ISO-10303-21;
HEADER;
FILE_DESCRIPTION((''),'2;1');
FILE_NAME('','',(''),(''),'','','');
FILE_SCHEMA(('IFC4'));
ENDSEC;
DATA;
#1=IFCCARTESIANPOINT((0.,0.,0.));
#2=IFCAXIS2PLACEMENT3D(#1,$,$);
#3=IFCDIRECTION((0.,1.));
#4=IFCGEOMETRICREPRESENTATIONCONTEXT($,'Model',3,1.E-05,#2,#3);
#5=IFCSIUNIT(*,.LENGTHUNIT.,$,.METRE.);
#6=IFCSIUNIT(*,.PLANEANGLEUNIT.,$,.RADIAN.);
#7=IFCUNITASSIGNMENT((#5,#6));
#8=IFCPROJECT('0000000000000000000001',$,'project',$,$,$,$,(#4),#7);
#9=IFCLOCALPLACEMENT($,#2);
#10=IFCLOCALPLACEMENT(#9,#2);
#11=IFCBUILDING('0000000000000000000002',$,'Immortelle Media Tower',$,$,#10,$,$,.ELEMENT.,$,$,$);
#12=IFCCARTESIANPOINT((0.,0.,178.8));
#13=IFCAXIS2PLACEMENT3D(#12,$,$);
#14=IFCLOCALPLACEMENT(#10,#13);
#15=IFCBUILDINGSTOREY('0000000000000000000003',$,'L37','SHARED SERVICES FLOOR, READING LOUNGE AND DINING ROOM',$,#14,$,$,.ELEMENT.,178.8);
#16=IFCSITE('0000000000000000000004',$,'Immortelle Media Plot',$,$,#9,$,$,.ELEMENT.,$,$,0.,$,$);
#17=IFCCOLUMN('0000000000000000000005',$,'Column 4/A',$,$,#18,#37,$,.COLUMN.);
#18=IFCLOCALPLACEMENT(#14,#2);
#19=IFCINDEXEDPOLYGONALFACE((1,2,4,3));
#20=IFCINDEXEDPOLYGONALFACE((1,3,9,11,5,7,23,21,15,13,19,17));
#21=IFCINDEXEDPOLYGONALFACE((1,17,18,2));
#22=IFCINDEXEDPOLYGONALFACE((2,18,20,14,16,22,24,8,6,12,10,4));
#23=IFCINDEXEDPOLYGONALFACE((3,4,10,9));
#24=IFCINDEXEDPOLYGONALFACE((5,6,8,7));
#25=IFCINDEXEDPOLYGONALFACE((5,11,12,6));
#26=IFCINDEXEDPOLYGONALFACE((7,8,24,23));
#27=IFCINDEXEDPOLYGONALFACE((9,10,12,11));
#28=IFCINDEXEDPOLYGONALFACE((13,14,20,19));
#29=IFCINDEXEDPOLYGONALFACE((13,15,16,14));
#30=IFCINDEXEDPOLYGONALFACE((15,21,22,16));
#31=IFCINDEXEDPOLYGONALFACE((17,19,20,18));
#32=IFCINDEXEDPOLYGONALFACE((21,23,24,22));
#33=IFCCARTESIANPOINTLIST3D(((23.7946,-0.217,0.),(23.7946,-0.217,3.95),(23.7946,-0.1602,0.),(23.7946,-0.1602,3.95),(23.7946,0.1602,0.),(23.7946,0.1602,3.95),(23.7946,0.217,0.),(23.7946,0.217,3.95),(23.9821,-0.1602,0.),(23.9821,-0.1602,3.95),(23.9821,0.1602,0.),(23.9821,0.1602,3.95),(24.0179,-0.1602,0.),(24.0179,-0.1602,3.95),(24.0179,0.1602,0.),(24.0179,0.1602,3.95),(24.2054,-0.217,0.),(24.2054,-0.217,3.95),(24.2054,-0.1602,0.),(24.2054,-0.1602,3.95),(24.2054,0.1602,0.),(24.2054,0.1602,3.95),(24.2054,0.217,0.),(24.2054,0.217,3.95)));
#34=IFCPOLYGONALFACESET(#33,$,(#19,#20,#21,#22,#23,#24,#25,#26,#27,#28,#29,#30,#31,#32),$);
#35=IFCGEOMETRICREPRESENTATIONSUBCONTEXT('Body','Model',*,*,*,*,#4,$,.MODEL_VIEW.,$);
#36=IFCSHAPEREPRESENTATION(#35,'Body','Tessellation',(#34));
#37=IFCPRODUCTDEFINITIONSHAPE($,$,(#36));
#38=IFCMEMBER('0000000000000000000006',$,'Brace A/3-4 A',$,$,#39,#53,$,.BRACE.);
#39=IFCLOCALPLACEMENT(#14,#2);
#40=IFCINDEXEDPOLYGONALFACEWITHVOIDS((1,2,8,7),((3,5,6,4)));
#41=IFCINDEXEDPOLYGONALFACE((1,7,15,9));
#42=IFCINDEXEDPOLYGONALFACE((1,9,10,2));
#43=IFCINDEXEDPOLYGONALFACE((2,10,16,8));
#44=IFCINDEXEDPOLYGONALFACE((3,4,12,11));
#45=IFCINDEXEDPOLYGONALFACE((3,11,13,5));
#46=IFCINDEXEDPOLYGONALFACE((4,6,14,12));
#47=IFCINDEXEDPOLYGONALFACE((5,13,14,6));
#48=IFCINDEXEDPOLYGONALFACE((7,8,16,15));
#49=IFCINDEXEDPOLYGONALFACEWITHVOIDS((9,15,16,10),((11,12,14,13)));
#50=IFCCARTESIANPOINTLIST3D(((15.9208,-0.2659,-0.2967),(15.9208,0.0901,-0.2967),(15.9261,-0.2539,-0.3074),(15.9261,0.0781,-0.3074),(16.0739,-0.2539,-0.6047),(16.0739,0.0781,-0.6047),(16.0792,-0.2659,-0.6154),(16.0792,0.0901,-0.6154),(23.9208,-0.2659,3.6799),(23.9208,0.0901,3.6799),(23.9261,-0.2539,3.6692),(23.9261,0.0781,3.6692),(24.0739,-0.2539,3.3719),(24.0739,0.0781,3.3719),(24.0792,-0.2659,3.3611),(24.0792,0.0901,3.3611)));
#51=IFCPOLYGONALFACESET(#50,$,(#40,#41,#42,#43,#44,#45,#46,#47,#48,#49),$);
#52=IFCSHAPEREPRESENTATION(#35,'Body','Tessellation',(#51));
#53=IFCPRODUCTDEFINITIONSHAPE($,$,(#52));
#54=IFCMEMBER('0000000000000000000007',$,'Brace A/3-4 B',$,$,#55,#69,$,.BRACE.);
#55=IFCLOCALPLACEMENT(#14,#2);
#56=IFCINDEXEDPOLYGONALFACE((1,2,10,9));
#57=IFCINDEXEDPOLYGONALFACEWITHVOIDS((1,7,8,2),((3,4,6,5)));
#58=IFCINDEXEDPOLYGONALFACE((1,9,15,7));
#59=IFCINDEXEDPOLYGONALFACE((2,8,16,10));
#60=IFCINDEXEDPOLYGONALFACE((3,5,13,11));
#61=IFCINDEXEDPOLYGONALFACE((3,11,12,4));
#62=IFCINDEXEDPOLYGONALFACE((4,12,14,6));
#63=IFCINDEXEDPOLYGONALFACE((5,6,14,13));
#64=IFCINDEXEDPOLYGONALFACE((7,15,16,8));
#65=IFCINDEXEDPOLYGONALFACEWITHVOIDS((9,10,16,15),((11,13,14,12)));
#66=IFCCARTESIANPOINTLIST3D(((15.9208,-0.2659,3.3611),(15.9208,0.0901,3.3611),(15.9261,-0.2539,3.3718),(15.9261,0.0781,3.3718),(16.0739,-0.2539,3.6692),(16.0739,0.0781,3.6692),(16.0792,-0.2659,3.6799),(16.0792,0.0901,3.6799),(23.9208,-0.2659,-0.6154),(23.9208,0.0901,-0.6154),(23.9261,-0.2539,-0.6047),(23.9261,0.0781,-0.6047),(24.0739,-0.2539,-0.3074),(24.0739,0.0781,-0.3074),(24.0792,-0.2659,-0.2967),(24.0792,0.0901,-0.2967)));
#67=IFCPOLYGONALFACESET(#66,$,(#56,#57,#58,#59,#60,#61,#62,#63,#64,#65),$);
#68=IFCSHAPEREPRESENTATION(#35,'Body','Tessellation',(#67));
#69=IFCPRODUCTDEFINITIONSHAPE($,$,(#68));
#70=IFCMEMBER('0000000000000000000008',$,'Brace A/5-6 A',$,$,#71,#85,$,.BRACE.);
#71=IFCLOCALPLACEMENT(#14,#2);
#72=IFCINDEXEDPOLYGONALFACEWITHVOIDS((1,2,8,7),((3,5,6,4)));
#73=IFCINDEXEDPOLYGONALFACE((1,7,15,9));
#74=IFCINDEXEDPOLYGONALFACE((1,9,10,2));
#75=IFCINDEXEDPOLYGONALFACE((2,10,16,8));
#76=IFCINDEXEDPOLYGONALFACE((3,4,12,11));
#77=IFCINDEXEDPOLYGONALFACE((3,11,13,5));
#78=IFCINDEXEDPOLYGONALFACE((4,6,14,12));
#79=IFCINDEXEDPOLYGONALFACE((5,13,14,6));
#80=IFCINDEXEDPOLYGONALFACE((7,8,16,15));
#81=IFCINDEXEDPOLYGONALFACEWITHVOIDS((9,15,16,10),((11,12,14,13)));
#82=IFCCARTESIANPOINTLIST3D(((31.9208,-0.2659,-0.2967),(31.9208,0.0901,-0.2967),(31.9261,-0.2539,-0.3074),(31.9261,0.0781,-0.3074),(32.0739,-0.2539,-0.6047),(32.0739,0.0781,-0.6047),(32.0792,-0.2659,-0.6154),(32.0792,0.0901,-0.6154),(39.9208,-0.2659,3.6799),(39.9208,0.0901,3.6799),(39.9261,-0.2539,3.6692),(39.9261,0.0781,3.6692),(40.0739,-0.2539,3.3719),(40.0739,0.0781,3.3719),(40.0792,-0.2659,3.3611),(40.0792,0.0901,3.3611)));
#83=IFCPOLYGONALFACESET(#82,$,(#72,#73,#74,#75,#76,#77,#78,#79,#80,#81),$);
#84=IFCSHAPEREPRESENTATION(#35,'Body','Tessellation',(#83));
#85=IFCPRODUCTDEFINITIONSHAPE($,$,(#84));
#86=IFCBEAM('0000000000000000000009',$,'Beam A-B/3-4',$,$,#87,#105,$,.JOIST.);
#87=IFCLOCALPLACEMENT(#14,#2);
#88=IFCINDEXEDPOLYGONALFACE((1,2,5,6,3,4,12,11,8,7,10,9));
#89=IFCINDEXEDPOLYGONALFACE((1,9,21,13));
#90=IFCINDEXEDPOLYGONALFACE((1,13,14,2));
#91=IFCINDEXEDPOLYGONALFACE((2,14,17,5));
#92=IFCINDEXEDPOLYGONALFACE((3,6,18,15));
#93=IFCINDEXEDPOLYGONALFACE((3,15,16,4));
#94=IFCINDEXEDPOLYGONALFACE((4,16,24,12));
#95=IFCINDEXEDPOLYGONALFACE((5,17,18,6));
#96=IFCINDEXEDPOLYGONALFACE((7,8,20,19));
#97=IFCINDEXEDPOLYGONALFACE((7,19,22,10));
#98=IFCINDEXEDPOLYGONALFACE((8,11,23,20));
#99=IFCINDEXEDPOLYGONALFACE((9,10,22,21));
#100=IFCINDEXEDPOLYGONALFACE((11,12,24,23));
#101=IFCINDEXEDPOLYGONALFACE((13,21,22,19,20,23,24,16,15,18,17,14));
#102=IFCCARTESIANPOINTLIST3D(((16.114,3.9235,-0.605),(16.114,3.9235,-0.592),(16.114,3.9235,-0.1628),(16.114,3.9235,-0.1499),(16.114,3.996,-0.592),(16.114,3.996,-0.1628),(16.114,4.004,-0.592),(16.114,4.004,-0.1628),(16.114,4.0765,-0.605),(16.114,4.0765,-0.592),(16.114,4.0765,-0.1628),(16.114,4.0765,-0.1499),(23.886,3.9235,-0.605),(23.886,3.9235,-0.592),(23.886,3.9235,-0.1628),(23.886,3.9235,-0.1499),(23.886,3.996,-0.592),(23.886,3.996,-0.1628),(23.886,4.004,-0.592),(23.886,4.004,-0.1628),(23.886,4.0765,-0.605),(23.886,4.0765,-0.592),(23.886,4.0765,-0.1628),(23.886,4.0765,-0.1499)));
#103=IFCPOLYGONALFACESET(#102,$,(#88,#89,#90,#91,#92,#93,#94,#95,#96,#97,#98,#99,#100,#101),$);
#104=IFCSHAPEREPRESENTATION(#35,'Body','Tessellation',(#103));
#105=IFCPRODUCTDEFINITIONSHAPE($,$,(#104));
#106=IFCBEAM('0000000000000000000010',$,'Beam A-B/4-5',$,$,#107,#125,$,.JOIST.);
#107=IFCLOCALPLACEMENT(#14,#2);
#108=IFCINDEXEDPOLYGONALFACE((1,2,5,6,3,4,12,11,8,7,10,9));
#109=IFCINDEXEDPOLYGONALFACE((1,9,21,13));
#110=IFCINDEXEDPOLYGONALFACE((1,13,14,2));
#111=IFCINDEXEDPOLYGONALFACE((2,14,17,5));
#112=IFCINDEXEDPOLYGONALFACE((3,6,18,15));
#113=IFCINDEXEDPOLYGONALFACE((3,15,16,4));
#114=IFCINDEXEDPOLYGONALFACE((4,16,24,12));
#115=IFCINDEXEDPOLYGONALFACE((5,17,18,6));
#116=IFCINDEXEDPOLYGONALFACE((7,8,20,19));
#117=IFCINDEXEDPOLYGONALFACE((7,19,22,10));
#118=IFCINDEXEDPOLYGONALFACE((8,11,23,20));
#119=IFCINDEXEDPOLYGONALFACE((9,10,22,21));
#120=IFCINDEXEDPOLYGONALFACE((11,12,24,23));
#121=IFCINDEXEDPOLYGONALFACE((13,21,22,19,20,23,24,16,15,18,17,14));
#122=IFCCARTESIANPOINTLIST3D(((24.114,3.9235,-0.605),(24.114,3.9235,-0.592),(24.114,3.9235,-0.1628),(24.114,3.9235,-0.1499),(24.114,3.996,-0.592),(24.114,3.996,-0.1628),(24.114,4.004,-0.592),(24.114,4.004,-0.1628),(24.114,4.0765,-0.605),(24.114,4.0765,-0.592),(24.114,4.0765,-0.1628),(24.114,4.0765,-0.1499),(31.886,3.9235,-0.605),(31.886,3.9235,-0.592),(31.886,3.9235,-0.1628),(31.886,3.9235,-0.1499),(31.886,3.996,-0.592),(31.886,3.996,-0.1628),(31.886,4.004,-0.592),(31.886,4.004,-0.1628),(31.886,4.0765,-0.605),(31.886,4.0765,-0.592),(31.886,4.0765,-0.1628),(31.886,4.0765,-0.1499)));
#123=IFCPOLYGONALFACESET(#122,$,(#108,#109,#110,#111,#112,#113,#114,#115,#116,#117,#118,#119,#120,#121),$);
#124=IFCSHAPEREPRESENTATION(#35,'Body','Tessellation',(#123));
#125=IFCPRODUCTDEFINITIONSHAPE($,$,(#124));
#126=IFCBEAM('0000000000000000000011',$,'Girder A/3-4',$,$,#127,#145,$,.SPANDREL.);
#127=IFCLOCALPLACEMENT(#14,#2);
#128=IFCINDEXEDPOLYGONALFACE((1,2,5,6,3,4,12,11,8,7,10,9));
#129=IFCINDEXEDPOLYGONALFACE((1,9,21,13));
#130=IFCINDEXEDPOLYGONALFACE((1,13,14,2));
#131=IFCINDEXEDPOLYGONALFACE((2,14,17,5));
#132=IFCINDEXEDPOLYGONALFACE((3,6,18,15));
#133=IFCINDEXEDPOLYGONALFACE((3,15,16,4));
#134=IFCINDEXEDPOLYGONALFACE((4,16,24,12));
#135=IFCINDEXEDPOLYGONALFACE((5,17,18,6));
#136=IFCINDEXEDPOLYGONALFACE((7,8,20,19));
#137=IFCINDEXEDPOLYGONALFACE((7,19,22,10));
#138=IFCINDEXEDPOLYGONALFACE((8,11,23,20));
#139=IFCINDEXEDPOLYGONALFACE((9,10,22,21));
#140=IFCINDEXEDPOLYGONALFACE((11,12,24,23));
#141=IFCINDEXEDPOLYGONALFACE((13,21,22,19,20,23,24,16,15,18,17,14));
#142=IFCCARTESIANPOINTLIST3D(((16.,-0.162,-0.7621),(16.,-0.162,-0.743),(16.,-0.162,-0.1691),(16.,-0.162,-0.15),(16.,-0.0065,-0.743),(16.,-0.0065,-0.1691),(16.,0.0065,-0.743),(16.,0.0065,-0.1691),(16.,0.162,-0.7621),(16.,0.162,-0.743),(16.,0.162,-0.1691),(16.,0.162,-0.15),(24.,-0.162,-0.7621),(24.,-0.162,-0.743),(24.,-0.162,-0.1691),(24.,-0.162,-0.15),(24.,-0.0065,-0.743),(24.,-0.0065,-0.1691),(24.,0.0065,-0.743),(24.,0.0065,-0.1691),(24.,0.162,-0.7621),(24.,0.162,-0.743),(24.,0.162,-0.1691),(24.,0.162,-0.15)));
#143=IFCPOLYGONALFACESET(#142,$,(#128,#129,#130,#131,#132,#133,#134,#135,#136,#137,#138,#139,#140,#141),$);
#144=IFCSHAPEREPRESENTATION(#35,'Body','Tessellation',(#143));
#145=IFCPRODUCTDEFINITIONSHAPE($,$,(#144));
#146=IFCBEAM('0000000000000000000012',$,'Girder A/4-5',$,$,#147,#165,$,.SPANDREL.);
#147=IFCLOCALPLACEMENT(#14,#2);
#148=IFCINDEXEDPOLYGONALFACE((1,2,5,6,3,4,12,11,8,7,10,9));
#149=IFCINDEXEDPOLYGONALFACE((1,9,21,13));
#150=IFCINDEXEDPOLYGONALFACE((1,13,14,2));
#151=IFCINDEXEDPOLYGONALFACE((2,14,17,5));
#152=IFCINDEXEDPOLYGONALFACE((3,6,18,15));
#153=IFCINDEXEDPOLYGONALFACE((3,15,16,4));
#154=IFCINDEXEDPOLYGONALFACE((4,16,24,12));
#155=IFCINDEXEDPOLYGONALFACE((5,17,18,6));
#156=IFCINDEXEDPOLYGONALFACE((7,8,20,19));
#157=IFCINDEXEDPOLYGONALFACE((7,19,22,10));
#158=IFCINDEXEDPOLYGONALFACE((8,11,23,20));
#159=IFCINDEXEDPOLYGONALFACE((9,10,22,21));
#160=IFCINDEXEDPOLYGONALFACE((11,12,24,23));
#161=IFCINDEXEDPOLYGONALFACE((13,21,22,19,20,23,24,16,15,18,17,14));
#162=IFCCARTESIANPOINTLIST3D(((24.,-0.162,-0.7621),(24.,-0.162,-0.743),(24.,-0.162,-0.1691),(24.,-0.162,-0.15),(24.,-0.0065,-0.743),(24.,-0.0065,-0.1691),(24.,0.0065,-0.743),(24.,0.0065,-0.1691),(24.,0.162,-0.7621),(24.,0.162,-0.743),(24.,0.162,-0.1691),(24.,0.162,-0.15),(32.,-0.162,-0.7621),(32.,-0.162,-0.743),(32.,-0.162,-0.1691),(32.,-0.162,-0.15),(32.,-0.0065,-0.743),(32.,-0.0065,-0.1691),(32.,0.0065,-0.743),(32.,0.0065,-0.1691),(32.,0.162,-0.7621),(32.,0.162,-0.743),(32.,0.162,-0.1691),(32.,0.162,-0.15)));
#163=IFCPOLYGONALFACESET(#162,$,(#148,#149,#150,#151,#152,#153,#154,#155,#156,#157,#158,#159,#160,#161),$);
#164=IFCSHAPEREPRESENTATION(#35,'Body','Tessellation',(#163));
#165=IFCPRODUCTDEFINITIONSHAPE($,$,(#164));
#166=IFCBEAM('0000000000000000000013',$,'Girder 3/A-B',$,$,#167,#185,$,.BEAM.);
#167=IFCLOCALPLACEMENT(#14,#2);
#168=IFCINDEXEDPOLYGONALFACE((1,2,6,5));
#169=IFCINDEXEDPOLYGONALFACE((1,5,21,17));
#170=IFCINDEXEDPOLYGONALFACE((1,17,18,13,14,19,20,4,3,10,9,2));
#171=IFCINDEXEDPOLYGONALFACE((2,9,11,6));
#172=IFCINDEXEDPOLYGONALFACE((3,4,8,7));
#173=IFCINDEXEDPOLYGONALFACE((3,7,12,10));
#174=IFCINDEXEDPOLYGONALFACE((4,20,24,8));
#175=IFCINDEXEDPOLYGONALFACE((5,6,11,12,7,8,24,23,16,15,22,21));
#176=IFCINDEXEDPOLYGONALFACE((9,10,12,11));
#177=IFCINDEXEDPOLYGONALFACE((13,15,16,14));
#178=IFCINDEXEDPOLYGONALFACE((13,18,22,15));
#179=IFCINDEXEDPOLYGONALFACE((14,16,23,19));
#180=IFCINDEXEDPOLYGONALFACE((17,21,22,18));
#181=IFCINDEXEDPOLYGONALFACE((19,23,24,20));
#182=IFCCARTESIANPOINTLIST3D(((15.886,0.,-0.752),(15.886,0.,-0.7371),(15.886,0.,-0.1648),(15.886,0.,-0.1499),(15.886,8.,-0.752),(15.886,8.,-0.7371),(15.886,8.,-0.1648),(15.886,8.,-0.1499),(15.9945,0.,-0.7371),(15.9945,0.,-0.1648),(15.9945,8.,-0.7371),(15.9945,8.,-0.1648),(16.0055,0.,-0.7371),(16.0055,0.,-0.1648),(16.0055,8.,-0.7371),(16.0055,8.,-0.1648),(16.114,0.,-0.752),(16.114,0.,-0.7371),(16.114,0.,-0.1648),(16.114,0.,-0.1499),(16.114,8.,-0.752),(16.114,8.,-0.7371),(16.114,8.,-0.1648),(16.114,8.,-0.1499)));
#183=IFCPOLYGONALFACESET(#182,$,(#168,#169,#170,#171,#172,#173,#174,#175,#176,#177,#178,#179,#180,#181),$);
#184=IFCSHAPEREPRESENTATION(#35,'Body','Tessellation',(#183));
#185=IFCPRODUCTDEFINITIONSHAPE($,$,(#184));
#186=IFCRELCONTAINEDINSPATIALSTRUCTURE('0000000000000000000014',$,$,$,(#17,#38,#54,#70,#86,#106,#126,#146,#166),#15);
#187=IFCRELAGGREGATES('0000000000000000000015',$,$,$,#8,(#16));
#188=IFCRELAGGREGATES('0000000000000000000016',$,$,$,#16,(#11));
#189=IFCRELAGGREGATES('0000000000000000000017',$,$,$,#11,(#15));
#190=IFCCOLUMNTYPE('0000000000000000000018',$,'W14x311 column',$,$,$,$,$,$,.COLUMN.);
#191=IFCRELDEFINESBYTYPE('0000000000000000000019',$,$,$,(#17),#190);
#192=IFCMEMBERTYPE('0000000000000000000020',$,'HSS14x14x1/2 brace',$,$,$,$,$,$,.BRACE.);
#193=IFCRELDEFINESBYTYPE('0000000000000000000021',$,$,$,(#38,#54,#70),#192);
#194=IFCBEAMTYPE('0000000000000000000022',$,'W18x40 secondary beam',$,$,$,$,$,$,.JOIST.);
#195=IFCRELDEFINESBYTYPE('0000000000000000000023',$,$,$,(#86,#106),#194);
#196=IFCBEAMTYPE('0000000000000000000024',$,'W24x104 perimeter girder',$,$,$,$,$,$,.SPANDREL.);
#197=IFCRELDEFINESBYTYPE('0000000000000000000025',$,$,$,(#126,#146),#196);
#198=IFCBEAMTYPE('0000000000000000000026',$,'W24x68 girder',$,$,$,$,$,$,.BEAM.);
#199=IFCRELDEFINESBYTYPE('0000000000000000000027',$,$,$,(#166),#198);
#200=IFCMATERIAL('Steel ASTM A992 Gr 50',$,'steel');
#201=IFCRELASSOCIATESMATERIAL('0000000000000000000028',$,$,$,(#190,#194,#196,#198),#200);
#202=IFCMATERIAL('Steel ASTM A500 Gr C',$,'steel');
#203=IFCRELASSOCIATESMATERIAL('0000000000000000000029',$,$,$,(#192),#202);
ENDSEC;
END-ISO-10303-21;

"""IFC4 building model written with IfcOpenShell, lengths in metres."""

from ifc_helpers import new_model, si_unit, direction, frame, origin, origin_2d, place, context, subcontext, project, spatial, hollow_rectangle, i_section, extrude, material, material_profile, profile_set, type_object, element, save


model = new_model("IFC4")

# Units and contexts
model_context = context("Model", 3, precision=1e-05, world=origin(), true_north=direction((0.0, 1.0)))
body_context = subcontext(model_context, "Body", "Model", "MODEL_VIEW")
ifc_project = project(units=[si_unit("LENGTHUNIT", "METRE"), si_unit("PLANEANGLEUNIT", "RADIAN")], contexts=[model_context])

# Site, building, storey
site_placement = place(None, origin())
site = spatial("IfcSite", under=ifc_project, at=site_placement, Name="Immortelle Media Plot", CompositionType="ELEMENT", RefElevation=0.0)
building_placement = place(site_placement, origin())
building = spatial("IfcBuilding", under=site, at=building_placement, Name="Immortelle Media Tower", CompositionType="ELEMENT")
storey_placement = place(building_placement, frame((0.0, 0.0, 178.8)))
storey = spatial("IfcBuildingStorey", under=building, at=storey_placement, Name="L37", Description="SHARED SERVICES FLOOR, READING LOUNGE AND DINING ROOM", CompositionType="ELEMENT", Elevation=178.8)

# Column
ifc_material_1 = material(Name="Steel ASTM A992 Gr 50", Category="steel")
ifc_material_profile_1 = material_profile(ifc_material_1, i_section(OverallWidth=0.4109, OverallDepth=0.4341, WebThickness=0.0359, FlangeThickness=0.0569, at=origin_2d()), Name="W14x311")
ifc_profile_set_1 = profile_set([ifc_material_profile_1], Name="Steel ASTM A992 Gr 50")
column_type = type_object("IfcColumnType", Name="W14x311 column", PredefinedType="COLUMN", material=ifc_profile_set_1)
column_placement = place(storey_placement, frame((24.0, 0.0, 0.0), z_axis=(0.0, 0.0, 1.0), x_axis=(1.0, 0.0, 0.0)))
element("IfcColumn", 1, at=column_placement, inside=storey, type_object=column_type, Name="Column 4/A", PredefinedType="COLUMN", context=body_context, shape_type="SweptSolid", body=[
    extrude(i_section(OverallWidth=0.4109, OverallDepth=0.4341, WebThickness=0.0359, FlangeThickness=0.0569, at=origin_2d()), origin(), (0.0, 0.0, 1.0), 3.95),
])

# Members
ifc_material_2 = material(Name="Steel ASTM A500 Gr C", Category="steel")
ifc_material_profile_2 = material_profile(ifc_material_2, hollow_rectangle(XDim=0.356, YDim=0.356, WallThickness=0.012, at=origin_2d()), Name="HSS14x14x1/2 brace")
ifc_profile_set_2 = profile_set([ifc_material_profile_2], Name="Steel ASTM A500 Gr C")
member_type = type_object("IfcMemberType", Name="HSS14x14x1/2 brace", PredefinedType="BRACE", material=ifc_profile_set_2)
for number, where, z_axis, x_axis, name in (
    (2, (16.0, -0.0879, -0.4561), (0.895474, 0.0, 0.445114), (0.0, 1.0, 0.0), "Brace A/3-4 A"),
    (3, (16.0, -0.0879, 3.5205), (0.895474, 0.0, -0.445114), (0.0, 1.0, 0.0), "Brace A/3-4 B"),
    (4, (32.0, -0.0879, -0.4561), (0.895474, 0.0, 0.445114), (0.0, 1.0, 0.0), "Brace A/5-6 A"),
):
    element("IfcMember", number, at=place(storey_placement, frame(where, z_axis=z_axis, x_axis=x_axis)), inside=storey, type_object=member_type, Name=name, PredefinedType="BRACE", context=body_context, shape_type="SweptSolid", body=[
        extrude(hollow_rectangle(XDim=0.356, YDim=0.356, WallThickness=0.012, at=origin_2d()), origin(), (0.0, 0.0, 1.0), 8.9338),
    ])

# Beams
ifc_material_profile_3 = material_profile(ifc_material_1, i_section(OverallWidth=0.1531, OverallDepth=0.4551, WebThickness=0.0081, FlangeThickness=0.0129, at=origin_2d()), Name="W18x40")
ifc_profile_set_3 = profile_set([ifc_material_profile_3], Name="Steel ASTM A992 Gr 50")
beam_type_1 = type_object("IfcBeamType", Name="W18x40 secondary beam", PredefinedType="JOIST", material=ifc_profile_set_3)
for number, where, z_axis, x_axis, name in (
    (5, (16.114, 4.0, -0.3774), (1.0, 0.0, 0.0), (0.0, 1.0, 0.0), "Beam A-B/3-4"),
    (6, (24.114, 4.0, -0.3774), (1.0, 0.0, 0.0), (0.0, 1.0, 0.0), "Beam A-B/4-5"),
):
    element("IfcBeam", number, at=place(storey_placement, frame(where, z_axis=z_axis, x_axis=x_axis)), inside=storey, type_object=beam_type_1, Name=name, PredefinedType="JOIST", context=body_context, shape_type="SweptSolid", body=[
        extrude(i_section(OverallWidth=0.1531, OverallDepth=0.4551, WebThickness=0.0081, FlangeThickness=0.0129, at=origin_2d()), origin(), (0.0, 0.0, 1.0), 7.772),
    ])
ifc_material_profile_4 = material_profile(ifc_material_1, i_section(OverallWidth=0.324, OverallDepth=0.6121, WebThickness=0.0129, FlangeThickness=0.019, at=origin_2d()), Name="W24x104")
ifc_profile_set_4 = profile_set([ifc_material_profile_4], Name="Steel ASTM A992 Gr 50")
beam_type_2 = type_object("IfcBeamType", Name="W24x104 perimeter girder", PredefinedType="SPANDREL", material=ifc_profile_set_4)
for number, where, z_axis, x_axis, name in (
    (7, (16.0, 0.0, -0.4561), (1.0, 0.0, 0.0), (0.0, 1.0, 0.0), "Girder A/3-4"),
    (8, (24.0, 0.0, -0.4561), (1.0, 0.0, 0.0), (0.0, 1.0, 0.0), "Girder A/4-5"),
):
    element("IfcBeam", number, at=place(storey_placement, frame(where, z_axis=z_axis, x_axis=x_axis)), inside=storey, type_object=beam_type_2, Name=name, PredefinedType="SPANDREL", context=body_context, shape_type="SweptSolid", body=[
        extrude(i_section(OverallWidth=0.324, OverallDepth=0.6121, WebThickness=0.0129, FlangeThickness=0.019, at=origin_2d()), origin(), (0.0, 0.0, 1.0), 8.0),
    ])
ifc_material_profile_5 = material_profile(ifc_material_1, i_section(OverallWidth=0.228, OverallDepth=0.6021, WebThickness=0.011, FlangeThickness=0.0149, at=origin_2d()), Name="W24x68")
ifc_profile_set_5 = profile_set([ifc_material_profile_5], Name="Steel ASTM A992 Gr 50")
beam_type_3 = type_object("IfcBeamType", Name="W24x68 girder", PredefinedType="BEAM", material=ifc_profile_set_5)
for number, where, z_axis, x_axis, name in (
    (9, (16.0, 0.0, -0.4509), (0.0, 1.0, 0.0), (-1.0, 0.0, 0.0), "Girder 3/A-B"),
):
    element("IfcBeam", number, at=place(storey_placement, frame(where, z_axis=z_axis, x_axis=x_axis)), inside=storey, type_object=beam_type_3, Name=name, PredefinedType="BEAM", context=body_context, shape_type="SweptSolid", body=[
        extrude(i_section(OverallWidth=0.228, OverallDepth=0.6021, WebThickness=0.011, FlangeThickness=0.0149, at=origin_2d()), origin(), (0.0, 0.0, 1.0), 8.0),
    ])

save(model, "model.ifc")
